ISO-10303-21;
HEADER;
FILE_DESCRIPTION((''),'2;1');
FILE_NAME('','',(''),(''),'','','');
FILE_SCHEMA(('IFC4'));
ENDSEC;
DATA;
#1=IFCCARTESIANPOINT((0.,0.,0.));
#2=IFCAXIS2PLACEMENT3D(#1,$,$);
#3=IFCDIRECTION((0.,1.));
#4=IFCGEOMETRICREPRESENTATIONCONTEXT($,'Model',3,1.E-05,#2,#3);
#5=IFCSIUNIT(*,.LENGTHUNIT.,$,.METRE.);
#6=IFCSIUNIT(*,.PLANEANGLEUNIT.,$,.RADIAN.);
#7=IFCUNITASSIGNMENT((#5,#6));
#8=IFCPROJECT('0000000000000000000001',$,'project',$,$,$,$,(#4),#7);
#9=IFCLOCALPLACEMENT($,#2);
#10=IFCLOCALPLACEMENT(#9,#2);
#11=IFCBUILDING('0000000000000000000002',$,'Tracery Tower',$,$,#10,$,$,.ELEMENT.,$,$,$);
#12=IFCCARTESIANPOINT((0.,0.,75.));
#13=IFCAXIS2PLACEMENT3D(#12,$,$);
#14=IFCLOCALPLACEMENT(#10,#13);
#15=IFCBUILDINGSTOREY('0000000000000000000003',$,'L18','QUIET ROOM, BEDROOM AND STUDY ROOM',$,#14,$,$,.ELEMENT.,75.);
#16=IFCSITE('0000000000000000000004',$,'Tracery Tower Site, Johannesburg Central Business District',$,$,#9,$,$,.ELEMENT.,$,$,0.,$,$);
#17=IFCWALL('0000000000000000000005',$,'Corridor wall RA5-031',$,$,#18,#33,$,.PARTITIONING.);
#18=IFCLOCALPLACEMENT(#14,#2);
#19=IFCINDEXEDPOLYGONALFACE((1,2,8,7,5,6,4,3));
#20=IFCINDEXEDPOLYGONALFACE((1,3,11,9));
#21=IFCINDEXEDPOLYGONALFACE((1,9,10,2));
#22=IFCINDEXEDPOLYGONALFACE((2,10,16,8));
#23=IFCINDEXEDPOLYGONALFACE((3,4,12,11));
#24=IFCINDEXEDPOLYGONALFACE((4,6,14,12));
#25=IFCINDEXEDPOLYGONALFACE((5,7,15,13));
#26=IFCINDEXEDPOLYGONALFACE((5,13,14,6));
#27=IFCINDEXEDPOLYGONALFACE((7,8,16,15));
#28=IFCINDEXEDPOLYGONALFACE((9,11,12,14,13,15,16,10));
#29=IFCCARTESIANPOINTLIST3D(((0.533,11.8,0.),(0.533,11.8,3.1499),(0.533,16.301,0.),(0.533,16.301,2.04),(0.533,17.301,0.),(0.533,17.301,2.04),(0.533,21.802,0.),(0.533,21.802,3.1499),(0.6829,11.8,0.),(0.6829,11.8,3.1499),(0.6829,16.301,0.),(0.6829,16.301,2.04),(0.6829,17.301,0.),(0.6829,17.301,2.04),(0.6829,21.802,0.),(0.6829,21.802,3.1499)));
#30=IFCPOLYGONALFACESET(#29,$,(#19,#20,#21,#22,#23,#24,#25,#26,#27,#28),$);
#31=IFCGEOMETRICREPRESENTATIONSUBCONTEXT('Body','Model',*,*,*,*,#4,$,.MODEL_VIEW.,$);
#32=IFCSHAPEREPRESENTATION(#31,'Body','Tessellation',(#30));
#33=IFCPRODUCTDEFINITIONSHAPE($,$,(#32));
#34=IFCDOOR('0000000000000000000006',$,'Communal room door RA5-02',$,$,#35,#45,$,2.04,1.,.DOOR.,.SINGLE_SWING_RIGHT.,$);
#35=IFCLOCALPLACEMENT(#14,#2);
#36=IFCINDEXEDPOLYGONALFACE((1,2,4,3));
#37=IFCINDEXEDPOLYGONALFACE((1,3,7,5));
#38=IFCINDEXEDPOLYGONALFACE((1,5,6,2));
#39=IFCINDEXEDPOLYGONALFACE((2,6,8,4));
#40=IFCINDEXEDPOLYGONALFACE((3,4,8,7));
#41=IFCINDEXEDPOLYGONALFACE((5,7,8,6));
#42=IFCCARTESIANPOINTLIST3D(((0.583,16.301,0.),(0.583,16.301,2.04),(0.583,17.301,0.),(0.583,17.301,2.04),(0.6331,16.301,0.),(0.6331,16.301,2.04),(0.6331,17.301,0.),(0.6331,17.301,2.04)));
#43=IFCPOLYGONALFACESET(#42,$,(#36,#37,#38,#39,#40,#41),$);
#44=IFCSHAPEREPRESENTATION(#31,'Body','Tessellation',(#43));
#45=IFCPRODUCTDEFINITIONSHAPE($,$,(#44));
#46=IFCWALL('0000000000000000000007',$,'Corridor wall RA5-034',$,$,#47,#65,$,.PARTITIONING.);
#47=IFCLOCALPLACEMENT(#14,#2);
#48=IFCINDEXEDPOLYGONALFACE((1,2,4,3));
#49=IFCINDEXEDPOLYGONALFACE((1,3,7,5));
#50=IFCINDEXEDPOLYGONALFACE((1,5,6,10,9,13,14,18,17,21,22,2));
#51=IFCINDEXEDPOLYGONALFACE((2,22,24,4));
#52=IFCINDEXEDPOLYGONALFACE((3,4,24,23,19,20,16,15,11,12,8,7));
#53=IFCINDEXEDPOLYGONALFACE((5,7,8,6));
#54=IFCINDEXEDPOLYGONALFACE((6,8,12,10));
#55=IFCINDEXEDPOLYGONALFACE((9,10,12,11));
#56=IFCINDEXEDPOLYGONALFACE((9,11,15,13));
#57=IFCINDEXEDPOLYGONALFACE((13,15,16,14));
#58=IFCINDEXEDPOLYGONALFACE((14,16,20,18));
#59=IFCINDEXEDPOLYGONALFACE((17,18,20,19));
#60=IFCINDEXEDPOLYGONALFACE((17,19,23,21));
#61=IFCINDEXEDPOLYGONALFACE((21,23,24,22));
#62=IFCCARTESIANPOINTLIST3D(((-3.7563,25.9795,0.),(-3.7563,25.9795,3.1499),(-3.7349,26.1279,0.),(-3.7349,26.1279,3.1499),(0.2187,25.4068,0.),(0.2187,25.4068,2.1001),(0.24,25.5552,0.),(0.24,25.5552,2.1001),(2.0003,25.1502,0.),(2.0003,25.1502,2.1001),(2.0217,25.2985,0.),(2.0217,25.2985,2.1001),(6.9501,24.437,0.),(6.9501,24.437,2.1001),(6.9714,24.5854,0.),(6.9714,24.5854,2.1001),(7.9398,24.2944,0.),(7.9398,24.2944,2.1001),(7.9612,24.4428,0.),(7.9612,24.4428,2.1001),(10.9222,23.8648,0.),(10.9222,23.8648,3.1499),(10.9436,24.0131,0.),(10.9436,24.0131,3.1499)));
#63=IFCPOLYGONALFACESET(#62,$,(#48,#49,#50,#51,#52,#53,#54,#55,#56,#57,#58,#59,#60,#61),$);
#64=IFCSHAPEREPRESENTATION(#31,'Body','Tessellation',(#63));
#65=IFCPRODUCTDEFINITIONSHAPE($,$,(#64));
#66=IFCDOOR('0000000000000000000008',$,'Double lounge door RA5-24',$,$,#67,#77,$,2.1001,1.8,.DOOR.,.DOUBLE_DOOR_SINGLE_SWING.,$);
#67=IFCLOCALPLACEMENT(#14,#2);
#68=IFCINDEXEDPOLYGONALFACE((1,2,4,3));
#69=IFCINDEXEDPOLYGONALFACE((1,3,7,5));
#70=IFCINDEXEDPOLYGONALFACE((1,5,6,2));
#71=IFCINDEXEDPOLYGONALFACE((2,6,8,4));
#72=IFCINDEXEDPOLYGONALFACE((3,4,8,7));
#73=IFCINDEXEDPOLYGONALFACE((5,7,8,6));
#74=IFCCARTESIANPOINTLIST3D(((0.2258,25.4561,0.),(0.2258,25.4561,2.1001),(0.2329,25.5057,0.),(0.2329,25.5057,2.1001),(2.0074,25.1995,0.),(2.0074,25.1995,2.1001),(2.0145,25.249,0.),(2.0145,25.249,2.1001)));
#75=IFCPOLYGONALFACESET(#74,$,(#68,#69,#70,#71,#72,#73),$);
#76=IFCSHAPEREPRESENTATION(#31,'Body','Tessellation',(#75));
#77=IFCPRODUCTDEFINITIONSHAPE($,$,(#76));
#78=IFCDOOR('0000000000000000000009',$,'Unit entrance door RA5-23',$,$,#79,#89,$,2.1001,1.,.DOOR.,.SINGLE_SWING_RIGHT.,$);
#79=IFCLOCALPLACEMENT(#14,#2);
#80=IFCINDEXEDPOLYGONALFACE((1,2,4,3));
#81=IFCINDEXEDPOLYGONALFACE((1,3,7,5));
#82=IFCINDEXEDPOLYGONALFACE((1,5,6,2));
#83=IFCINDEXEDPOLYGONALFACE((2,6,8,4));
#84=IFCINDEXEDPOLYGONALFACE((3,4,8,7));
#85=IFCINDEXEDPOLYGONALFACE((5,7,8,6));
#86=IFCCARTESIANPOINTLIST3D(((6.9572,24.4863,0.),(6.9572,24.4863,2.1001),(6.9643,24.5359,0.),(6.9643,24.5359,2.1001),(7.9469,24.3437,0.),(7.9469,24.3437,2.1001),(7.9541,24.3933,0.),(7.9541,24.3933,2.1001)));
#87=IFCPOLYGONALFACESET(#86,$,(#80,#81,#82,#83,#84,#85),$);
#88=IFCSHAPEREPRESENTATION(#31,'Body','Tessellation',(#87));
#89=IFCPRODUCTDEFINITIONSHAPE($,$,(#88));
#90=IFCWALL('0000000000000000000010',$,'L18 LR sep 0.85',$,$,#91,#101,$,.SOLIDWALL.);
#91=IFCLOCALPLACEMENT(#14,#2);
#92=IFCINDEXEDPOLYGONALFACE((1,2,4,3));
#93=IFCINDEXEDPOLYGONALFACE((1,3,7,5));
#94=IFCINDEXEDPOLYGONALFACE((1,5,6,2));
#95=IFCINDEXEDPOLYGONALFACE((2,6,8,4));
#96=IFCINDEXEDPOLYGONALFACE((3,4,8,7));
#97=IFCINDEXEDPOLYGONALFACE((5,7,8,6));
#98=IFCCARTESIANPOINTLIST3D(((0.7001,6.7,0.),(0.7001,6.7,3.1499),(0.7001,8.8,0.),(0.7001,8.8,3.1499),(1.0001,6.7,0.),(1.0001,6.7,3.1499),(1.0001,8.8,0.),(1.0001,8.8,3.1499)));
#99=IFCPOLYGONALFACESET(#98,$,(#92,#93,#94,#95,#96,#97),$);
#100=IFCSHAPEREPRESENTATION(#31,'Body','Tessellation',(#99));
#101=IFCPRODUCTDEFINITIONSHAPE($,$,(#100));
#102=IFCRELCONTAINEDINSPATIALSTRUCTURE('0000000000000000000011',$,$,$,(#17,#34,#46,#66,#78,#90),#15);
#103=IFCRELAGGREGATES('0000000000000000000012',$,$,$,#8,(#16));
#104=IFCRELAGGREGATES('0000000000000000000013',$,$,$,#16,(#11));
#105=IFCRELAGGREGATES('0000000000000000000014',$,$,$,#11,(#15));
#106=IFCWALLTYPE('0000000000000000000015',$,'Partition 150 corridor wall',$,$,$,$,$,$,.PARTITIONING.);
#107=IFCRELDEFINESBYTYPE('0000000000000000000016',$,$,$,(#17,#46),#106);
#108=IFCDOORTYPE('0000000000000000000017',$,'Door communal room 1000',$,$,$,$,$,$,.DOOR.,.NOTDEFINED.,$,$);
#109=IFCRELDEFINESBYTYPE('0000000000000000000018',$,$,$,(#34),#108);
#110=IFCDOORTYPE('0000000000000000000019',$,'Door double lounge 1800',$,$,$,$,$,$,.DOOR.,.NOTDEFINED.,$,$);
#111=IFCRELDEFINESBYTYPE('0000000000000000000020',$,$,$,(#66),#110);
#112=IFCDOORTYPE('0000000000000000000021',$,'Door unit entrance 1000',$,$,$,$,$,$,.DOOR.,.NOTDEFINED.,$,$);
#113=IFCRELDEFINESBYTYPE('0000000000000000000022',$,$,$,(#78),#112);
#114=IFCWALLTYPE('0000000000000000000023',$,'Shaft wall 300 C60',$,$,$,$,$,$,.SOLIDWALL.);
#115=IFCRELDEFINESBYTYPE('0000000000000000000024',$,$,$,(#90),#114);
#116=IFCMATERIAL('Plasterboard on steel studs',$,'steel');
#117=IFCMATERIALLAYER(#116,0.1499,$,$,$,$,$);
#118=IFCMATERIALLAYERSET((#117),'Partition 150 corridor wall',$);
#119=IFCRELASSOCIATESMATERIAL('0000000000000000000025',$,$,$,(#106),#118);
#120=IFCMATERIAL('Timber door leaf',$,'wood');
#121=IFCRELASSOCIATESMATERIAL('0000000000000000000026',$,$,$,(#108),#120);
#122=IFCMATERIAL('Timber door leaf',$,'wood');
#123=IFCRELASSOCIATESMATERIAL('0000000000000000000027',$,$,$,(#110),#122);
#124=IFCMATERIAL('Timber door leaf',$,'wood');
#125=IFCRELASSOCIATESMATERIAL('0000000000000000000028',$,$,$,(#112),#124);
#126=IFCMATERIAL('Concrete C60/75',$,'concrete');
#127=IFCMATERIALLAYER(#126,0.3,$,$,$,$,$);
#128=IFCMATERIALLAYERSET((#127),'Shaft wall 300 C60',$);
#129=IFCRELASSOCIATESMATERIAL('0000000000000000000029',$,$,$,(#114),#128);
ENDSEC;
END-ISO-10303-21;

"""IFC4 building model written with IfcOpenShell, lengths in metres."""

from ifc_helpers import new_model, si_unit, direction, frame, frame_2d, origin, place, context, subcontext, project, spatial, rectangle, extrude, material, layer, layer_set, type_object, element, fill, save


model = new_model("IFC4")

# Units and contexts
model_context = context("Model", 3, precision=1e-05, world=origin(), true_north=direction((0.0, 1.0)))
body_context = subcontext(model_context, "Body", "Model", "MODEL_VIEW")
ifc_project = project(units=[si_unit("LENGTHUNIT", "METRE"), si_unit("PLANEANGLEUNIT", "RADIAN")], contexts=[model_context])

# Site, building, storey
site_placement = place(None, origin())
site = spatial("IfcSite", under=ifc_project, at=site_placement, Name="Tracery Tower Site, Johannesburg Central Business District", CompositionType="ELEMENT", RefElevation=0.0)
building_placement = place(site_placement, origin())
building = spatial("IfcBuilding", under=site, at=building_placement, Name="Tracery Tower", CompositionType="ELEMENT")
storey_placement = place(building_placement, frame((0.0, 0.0, 75.0)))
storey = spatial("IfcBuildingStorey", under=building, at=storey_placement, Name="L18", Description="QUIET ROOM, BEDROOM AND STUDY ROOM", CompositionType="ELEMENT", Elevation=75.0)

# Shared definitions
ifc_material_1 = material(Name="Plasterboard on steel studs", Category="steel")
ifc_layer_1 = layer(ifc_material_1, 0.1499)
ifc_layer_set_1 = layer_set([ifc_layer_1], Name="Partition 150 corridor wall")
wall_type_1 = type_object("IfcWallType", Name="Partition 150 corridor wall", PredefinedType="PARTITIONING", material=ifc_layer_set_1)

# Wall, opening, door
wall_1_placement = place(storey_placement, frame((0.6079, 11.8, 0.0), z_axis=(0.0, 0.0, 1.0), x_axis=(0.0, 1.0, 0.0)))
wall_1 = element("IfcWall", 1, at=wall_1_placement, inside=storey, type_object=wall_type_1, Name="Corridor wall RA5-031", PredefinedType="PARTITIONING", context=body_context, shape_type="SweptSolid", body=[
    extrude(rectangle(XDim=10.002, YDim=0.1499, at=frame_2d((5.001, 0.0))), origin(), (0.0, 0.0, 1.0), 3.1499),
])
opening_1_placement = place(wall_1_placement, frame((4.501, 0.0, 0.0)))
opening_1 = element("IfcOpeningElement", 2, at=opening_1_placement, cuts=wall_1, PredefinedType="OPENING", context=body_context, shape_type="SweptSolid", body=[
    extrude(rectangle(XDim=1.0, YDim=2.04, at=frame_2d((0.5, 1.02))), frame((0.0, 0.075, 0.0), z_axis=(0.0, -1.0, 0.0), x_axis=(1.0, 0.0, 0.0)), (0.0, 0.0, 1.0), 0.1499),
])
ifc_material_2 = material(Name="Timber door leaf", Category="wood")
door_type_1 = type_object("IfcDoorType", Name="Door communal room 1000", OperationType="NOTDEFINED", PredefinedType="DOOR", material=ifc_material_2)
door_1_placement = place(opening_1_placement, origin())
door_1 = element("IfcDoor", 3, at=door_1_placement, inside=storey, type_object=door_type_1, Name="Communal room door RA5-02", OperationType="SINGLE_SWING_RIGHT", OverallHeight=2.04, OverallWidth=1.0, PredefinedType="DOOR", context=body_context, shape_type="SweptSolid", body=[
    extrude(rectangle(XDim=1.0, YDim=2.04, at=frame_2d((0.5, 1.02))), frame((0.0, 0.0249, 0.0), z_axis=(0.0, -1.0, 0.0), x_axis=(1.0, 0.0, 0.0)), (0.0, 0.0, 1.0), 0.05),
])
fill(opening_1, door_1)

# Wall, openings, doors
wall_2_placement = place(storey_placement, frame((-3.7456, 26.0537, 0.0), z_axis=(0.0, 0.0, 1.0), x_axis=(0.989781, -0.142599, 0.0)))
wall_2 = element("IfcWall", 4, at=wall_2_placement, inside=storey, type_object=wall_type_1, Name="Corridor wall RA5-034", PredefinedType="PARTITIONING", context=body_context, shape_type="SweptSolid", body=[
    extrude(rectangle(XDim=14.8301, YDim=0.1499, at=frame_2d((7.415, 0.0))), origin(), (0.0, 0.0, 1.0), 3.1499),
])
opening_2_placement = place(wall_2_placement, frame((10.8169, 0.0, 0.0)))
opening_2 = element("IfcOpeningElement", 5, at=opening_2_placement, cuts=wall_2, PredefinedType="OPENING", context=body_context, shape_type="SweptSolid", body=[
    extrude(rectangle(XDim=1.0, YDim=2.1001, at=frame_2d((0.5, 1.05))), frame((0.0, 0.075, 0.0), z_axis=(0.0, -1.0, 0.0), x_axis=(1.0, 0.0, 0.0)), (0.0, 0.0, 1.0), 0.1499),
])
opening_3_placement = place(wall_2_placement, frame((4.0161, 0.0, 0.0)))
opening_3 = element("IfcOpeningElement", 6, at=opening_3_placement, cuts=wall_2, PredefinedType="OPENING", context=body_context, shape_type="SweptSolid", body=[
    extrude(rectangle(XDim=1.8, YDim=2.1001, at=frame_2d((0.8999, 1.05))), frame((0.0, 0.075, 0.0), z_axis=(0.0, -1.0, 0.0), x_axis=(1.0, 0.0, 0.0)), (0.0, 0.0, 1.0), 0.1499),
])
ifc_material_3 = material(Name="Timber door leaf", Category="wood")
door_type_2 = type_object("IfcDoorType", Name="Door double lounge 1800", OperationType="NOTDEFINED", PredefinedType="DOOR", material=ifc_material_3)
door_2_placement = place(opening_3_placement, origin())
door_2 = element("IfcDoor", 7, at=door_2_placement, inside=storey, type_object=door_type_2, Name="Double lounge door RA5-24", OperationType="DOUBLE_DOOR_SINGLE_SWING", OverallHeight=2.1001, OverallWidth=1.8, PredefinedType="DOOR", context=body_context, shape_type="SweptSolid", body=[
    extrude(rectangle(XDim=1.8, YDim=2.1001, at=frame_2d((0.8999, 1.05))), frame((0.0, 0.0249, 0.0), z_axis=(0.0, -1.0, 0.0), x_axis=(1.0, 0.0, 0.0)), (0.0, 0.0, 1.0), 0.05),
])
fill(opening_3, door_2)
ifc_material_4 = material(Name="Timber door leaf", Category="wood")
door_type_3 = type_object("IfcDoorType", Name="Door unit entrance 1000", OperationType="NOTDEFINED", PredefinedType="DOOR", material=ifc_material_4)
door_3_placement = place(opening_2_placement, origin())
door_3 = element("IfcDoor", 8, at=door_3_placement, inside=storey, type_object=door_type_3, Name="Unit entrance door RA5-23", OperationType="SINGLE_SWING_RIGHT", OverallHeight=2.1001, OverallWidth=1.0, PredefinedType="DOOR", context=body_context, shape_type="SweptSolid", body=[
    extrude(rectangle(XDim=1.0, YDim=2.1001, at=frame_2d((0.5, 1.05))), frame((0.0, 0.0249, 0.0), z_axis=(0.0, -1.0, 0.0), x_axis=(1.0, 0.0, 0.0)), (0.0, 0.0, 1.0), 0.05),
])
fill(opening_2, door_3)

# Wall
ifc_material_5 = material(Name="Concrete C60/75", Category="concrete")
ifc_layer_2 = layer(ifc_material_5, 0.3)
ifc_layer_set_2 = layer_set([ifc_layer_2], Name="Shaft wall 300 C60")
wall_type_2 = type_object("IfcWallType", Name="Shaft wall 300 C60", PredefinedType="SOLIDWALL", material=ifc_layer_set_2)
wall_3_placement = place(storey_placement, frame((0.8501, 6.7, 0.0), z_axis=(0.0, 0.0, 1.0), x_axis=(0.0, 1.0, 0.0)))
element("IfcWall", 9, at=wall_3_placement, inside=storey, type_object=wall_type_2, Name="L18 LR sep 0.85", PredefinedType="SOLIDWALL", context=body_context, shape_type="SweptSolid", body=[
    extrude(rectangle(XDim=2.1001, YDim=0.3, at=frame_2d((1.05, 0.0))), origin(), (0.0, 0.0, 1.0), 3.1499),
])

save(model, "model.ifc")
